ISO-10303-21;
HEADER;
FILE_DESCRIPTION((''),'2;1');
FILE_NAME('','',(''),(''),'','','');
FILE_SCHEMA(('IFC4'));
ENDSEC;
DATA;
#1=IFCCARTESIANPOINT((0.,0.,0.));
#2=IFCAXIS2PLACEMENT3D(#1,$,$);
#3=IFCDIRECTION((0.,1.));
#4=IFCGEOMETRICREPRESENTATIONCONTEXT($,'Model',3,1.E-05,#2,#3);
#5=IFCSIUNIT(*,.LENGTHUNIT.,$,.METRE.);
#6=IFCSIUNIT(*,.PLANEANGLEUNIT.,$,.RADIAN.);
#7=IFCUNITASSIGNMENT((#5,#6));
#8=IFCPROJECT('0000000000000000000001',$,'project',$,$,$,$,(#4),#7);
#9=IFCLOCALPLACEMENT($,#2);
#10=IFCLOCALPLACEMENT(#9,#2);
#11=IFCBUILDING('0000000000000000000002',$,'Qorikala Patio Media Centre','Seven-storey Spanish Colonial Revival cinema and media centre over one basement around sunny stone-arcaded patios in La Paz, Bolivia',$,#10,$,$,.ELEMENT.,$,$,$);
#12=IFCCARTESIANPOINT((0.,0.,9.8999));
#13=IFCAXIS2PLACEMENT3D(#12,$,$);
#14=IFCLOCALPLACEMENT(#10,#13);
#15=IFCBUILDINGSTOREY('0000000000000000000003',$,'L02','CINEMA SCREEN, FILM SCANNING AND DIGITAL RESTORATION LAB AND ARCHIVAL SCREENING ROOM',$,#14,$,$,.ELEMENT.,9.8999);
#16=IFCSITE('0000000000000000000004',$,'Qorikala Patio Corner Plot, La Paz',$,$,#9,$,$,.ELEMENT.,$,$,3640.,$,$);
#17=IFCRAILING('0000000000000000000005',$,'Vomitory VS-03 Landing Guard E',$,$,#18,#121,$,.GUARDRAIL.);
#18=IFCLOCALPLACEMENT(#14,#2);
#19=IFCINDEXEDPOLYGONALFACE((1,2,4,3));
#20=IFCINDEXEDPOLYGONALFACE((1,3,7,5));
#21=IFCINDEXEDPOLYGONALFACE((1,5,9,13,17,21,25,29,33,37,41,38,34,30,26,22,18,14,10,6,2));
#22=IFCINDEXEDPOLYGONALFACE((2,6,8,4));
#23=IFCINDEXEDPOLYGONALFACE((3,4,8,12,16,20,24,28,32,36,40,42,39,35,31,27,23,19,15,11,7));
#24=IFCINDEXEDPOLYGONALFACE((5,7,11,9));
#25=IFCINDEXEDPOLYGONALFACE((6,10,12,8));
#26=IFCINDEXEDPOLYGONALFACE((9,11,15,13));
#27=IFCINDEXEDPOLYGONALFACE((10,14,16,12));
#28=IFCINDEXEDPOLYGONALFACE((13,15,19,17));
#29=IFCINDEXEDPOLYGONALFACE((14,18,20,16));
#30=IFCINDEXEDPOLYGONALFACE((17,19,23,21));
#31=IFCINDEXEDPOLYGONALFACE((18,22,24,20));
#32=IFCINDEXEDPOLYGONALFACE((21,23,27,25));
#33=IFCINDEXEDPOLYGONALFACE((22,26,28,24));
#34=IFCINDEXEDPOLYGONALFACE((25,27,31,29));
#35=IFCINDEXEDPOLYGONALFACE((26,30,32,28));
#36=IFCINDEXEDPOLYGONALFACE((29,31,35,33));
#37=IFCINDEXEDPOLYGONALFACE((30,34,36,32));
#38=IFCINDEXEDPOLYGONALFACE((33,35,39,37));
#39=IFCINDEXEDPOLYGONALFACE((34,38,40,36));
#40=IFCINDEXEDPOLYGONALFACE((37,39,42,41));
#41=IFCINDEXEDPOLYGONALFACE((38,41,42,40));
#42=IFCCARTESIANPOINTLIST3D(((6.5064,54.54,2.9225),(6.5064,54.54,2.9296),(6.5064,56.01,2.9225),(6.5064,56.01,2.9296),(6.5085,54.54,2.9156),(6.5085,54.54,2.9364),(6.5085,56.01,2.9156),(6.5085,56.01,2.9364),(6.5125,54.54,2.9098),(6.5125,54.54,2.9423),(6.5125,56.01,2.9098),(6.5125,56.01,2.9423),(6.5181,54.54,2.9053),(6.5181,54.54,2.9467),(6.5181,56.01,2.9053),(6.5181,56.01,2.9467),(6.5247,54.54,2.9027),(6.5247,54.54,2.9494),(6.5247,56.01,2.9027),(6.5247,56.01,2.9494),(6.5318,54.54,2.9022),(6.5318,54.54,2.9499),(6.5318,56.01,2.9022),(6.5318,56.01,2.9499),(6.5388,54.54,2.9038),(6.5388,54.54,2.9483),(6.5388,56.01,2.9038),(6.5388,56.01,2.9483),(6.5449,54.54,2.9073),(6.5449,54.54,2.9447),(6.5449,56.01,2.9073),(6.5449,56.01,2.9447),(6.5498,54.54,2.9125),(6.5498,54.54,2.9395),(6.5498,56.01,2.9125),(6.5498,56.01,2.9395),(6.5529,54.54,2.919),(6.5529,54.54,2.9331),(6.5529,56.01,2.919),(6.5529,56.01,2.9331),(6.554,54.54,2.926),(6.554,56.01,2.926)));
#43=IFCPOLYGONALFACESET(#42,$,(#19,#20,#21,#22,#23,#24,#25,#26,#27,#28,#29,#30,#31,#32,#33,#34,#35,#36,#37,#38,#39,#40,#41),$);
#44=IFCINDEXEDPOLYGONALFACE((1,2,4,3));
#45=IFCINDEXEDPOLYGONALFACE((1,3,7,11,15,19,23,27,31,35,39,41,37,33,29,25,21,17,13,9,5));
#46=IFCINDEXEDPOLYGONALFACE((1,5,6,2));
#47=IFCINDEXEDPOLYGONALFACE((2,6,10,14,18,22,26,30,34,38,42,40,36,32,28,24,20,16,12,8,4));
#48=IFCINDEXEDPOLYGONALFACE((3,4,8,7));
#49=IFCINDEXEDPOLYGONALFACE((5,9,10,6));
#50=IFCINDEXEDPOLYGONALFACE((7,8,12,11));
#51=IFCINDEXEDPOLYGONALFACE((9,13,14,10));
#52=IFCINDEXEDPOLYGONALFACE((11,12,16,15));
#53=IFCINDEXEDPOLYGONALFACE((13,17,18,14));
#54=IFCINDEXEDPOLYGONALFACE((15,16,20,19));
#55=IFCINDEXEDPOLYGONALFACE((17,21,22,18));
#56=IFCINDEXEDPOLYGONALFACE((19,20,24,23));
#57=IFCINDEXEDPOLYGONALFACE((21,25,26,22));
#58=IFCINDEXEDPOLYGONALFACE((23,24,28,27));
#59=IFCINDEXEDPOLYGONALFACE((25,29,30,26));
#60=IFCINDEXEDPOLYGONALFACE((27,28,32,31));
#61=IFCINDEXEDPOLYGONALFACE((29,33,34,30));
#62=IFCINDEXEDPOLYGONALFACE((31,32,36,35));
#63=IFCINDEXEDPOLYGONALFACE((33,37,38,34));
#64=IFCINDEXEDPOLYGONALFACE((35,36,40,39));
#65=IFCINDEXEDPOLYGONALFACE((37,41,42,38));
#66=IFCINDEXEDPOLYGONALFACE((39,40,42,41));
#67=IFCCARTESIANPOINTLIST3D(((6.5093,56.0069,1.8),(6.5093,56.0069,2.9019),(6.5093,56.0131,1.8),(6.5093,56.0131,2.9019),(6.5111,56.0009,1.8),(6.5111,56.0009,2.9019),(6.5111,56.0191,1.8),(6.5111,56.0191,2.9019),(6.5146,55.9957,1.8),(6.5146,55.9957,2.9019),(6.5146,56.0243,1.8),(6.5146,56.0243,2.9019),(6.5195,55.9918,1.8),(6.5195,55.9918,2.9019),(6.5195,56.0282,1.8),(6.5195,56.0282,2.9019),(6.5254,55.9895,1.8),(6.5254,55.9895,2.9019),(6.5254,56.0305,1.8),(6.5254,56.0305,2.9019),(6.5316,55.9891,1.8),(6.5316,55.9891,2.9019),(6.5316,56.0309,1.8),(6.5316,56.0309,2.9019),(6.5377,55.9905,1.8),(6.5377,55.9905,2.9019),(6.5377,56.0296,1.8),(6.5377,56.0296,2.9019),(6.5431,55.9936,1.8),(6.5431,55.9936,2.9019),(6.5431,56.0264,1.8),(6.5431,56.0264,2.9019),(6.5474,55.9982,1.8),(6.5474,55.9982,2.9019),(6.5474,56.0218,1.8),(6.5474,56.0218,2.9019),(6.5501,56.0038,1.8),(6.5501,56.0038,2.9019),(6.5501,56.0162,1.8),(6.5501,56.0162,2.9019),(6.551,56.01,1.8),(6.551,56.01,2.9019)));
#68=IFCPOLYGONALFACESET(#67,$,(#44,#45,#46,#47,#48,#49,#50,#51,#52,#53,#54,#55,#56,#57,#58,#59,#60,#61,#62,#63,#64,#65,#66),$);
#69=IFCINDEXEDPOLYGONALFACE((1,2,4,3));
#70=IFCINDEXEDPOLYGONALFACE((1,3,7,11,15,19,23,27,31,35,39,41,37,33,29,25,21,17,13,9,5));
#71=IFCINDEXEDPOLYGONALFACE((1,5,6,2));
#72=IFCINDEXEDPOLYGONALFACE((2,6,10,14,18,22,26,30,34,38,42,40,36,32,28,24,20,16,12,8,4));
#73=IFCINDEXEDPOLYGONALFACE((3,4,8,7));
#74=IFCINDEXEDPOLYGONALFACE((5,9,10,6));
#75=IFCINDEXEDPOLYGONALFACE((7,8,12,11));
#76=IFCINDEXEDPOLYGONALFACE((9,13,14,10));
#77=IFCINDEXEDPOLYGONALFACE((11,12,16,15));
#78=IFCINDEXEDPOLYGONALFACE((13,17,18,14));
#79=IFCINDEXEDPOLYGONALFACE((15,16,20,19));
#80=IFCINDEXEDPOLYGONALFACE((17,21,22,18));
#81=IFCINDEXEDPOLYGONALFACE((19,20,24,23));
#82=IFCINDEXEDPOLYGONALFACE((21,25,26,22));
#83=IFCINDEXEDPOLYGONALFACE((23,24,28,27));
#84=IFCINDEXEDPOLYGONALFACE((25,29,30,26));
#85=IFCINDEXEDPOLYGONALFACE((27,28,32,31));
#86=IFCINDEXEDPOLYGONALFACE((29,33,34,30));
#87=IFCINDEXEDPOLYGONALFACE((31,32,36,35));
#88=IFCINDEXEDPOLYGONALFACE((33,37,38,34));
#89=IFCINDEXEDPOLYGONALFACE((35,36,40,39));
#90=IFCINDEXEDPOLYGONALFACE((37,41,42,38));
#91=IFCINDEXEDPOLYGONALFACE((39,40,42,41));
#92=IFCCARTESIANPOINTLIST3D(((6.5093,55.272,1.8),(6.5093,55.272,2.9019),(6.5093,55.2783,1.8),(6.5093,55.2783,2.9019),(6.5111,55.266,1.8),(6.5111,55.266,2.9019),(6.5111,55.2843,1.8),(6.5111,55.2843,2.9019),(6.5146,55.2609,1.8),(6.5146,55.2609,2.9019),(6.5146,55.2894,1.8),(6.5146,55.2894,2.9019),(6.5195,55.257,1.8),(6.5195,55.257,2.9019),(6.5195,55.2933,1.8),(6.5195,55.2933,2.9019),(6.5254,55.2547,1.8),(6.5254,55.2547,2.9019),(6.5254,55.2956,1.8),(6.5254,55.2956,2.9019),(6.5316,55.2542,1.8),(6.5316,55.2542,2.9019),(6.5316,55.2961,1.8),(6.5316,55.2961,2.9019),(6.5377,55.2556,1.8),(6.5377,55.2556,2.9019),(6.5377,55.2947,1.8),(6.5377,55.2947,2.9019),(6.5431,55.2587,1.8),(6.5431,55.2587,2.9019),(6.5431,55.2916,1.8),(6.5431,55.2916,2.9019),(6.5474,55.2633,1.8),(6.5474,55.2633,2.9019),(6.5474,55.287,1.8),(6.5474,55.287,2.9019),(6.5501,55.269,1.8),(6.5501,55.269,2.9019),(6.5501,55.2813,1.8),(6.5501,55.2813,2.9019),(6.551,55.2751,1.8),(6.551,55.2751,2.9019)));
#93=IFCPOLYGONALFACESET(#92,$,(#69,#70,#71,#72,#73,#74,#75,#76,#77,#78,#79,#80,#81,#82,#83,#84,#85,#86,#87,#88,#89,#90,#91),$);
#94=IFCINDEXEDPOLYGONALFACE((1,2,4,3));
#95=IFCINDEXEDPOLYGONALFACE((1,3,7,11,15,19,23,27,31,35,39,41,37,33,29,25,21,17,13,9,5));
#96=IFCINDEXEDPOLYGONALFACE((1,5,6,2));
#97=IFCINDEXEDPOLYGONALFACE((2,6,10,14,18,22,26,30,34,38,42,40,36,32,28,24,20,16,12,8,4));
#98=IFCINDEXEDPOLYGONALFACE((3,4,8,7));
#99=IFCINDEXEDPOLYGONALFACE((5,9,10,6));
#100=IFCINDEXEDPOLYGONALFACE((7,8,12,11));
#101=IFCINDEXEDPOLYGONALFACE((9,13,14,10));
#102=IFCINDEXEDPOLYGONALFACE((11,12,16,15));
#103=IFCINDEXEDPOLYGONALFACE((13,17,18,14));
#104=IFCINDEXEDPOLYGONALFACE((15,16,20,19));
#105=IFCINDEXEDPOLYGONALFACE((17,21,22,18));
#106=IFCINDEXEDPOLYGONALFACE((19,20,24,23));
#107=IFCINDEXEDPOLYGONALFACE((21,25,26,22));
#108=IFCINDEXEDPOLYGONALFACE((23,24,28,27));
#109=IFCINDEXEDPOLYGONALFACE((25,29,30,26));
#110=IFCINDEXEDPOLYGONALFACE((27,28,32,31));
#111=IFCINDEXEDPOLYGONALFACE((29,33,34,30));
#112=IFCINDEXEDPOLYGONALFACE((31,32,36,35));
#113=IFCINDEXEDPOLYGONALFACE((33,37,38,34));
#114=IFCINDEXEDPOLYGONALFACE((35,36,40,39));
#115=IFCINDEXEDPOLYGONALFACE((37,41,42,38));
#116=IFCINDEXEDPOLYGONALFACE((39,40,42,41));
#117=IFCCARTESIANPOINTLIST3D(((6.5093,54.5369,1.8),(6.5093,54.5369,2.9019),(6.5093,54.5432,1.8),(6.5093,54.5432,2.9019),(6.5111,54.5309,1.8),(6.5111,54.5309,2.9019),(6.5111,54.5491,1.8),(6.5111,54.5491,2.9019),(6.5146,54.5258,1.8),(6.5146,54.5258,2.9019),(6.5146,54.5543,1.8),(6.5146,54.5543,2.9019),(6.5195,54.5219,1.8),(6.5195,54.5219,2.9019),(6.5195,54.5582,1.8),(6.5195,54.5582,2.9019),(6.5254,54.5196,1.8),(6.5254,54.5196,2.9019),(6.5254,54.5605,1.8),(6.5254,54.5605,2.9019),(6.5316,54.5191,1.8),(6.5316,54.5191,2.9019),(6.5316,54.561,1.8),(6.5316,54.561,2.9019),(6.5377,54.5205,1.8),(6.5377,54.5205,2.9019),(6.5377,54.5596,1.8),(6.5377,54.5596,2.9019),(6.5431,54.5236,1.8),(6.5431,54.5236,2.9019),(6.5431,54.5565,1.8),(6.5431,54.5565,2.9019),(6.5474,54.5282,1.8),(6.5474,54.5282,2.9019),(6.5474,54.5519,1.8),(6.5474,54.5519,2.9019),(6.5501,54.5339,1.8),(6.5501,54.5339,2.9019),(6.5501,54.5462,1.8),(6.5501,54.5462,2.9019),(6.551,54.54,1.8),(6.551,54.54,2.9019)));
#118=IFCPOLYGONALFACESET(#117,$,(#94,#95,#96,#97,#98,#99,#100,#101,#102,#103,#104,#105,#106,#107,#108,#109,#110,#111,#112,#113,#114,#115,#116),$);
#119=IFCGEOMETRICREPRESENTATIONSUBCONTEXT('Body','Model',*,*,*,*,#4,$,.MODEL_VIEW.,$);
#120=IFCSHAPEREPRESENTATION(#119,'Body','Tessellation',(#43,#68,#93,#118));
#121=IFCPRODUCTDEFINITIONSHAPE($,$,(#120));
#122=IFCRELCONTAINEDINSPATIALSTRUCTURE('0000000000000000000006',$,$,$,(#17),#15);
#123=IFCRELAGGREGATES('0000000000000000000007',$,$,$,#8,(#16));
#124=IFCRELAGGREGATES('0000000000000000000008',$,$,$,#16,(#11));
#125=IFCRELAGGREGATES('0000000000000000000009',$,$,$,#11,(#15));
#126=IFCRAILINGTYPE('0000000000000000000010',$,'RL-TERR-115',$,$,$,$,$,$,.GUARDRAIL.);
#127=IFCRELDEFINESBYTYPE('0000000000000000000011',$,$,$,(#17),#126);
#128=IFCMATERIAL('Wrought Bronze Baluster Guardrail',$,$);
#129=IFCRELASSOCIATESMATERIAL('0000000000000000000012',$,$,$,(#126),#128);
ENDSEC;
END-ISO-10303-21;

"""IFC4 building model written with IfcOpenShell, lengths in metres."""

from ifc_helpers import new_model, si_unit, direction, frame, origin, origin_2d, place, context, subcontext, project, spatial, circle, extrude, material, type_object, element, save


model = new_model("IFC4")

# Units and contexts
model_context = context("Model", 3, precision=1e-05, world=origin(), true_north=direction((0.0, 1.0)))
body_context = subcontext(model_context, "Body", "Model", "MODEL_VIEW")
ifc_project = project(units=[si_unit("LENGTHUNIT", "METRE"), si_unit("PLANEANGLEUNIT", "RADIAN")], contexts=[model_context])

# Site, building, storey
site_placement = place(None, origin())
site = spatial("IfcSite", under=ifc_project, at=site_placement, Name="Qorikala Patio Corner Plot, La Paz", CompositionType="ELEMENT", RefElevation=3640.0)
building_placement = place(site_placement, origin())
building = spatial("IfcBuilding", under=site, at=building_placement, Name="Qorikala Patio Media Centre", Description="Seven-storey Spanish Colonial Revival cinema and media centre over one basement around sunny stone-arcaded patios in La Paz, Bolivia", CompositionType="ELEMENT")
storey_placement = place(building_placement, frame((0.0, 0.0, 9.8999)))
storey = spatial("IfcBuildingStorey", under=building, at=storey_placement, Name="L02", Description="CINEMA SCREEN, FILM SCANNING AND DIGITAL RESTORATION LAB AND ARCHIVAL SCREENING ROOM", CompositionType="ELEMENT", Elevation=9.8999)

# Railing
ifc_material_1 = material(Name="Wrought Bronze Baluster Guardrail")
railing_type = type_object("IfcRailingType", Name="RL-TERR-115", PredefinedType="GUARDRAIL", material=ifc_material_1)
railing_1_placement = place(storey_placement, frame((6.53, 56.01, 1.8)))
element("IfcRailing", 1, at=railing_1_placement, inside=storey, type_object=railing_type, Name="Vomitory VS-03 Landing Guard E", PredefinedType="GUARDRAIL", context=body_context, shape_type="SweptSolid", body=[
    extrude(circle(Radius=0.0239, at=origin_2d()), frame((0.0, 0.0, 1.126), z_axis=(0.0, -1.0, 0.0), x_axis=(1.0, 0.0, 0.0)), (0.0, 0.0, 1.0), 1.47),
    extrude(circle(Radius=0.021, at=origin_2d()), origin(), (0.0, 0.0, 1.0), 1.1018),
    extrude(circle(Radius=0.021, at=origin_2d()), frame((0.0, -0.7349, 0.0)), (0.0, 0.0, 1.0), 1.1018),
    extrude(circle(Radius=0.021, at=origin_2d()), frame((0.0, -1.47, 0.0)), (0.0, 0.0, 1.0), 1.1018),
])

save(model, "model.ifc")
